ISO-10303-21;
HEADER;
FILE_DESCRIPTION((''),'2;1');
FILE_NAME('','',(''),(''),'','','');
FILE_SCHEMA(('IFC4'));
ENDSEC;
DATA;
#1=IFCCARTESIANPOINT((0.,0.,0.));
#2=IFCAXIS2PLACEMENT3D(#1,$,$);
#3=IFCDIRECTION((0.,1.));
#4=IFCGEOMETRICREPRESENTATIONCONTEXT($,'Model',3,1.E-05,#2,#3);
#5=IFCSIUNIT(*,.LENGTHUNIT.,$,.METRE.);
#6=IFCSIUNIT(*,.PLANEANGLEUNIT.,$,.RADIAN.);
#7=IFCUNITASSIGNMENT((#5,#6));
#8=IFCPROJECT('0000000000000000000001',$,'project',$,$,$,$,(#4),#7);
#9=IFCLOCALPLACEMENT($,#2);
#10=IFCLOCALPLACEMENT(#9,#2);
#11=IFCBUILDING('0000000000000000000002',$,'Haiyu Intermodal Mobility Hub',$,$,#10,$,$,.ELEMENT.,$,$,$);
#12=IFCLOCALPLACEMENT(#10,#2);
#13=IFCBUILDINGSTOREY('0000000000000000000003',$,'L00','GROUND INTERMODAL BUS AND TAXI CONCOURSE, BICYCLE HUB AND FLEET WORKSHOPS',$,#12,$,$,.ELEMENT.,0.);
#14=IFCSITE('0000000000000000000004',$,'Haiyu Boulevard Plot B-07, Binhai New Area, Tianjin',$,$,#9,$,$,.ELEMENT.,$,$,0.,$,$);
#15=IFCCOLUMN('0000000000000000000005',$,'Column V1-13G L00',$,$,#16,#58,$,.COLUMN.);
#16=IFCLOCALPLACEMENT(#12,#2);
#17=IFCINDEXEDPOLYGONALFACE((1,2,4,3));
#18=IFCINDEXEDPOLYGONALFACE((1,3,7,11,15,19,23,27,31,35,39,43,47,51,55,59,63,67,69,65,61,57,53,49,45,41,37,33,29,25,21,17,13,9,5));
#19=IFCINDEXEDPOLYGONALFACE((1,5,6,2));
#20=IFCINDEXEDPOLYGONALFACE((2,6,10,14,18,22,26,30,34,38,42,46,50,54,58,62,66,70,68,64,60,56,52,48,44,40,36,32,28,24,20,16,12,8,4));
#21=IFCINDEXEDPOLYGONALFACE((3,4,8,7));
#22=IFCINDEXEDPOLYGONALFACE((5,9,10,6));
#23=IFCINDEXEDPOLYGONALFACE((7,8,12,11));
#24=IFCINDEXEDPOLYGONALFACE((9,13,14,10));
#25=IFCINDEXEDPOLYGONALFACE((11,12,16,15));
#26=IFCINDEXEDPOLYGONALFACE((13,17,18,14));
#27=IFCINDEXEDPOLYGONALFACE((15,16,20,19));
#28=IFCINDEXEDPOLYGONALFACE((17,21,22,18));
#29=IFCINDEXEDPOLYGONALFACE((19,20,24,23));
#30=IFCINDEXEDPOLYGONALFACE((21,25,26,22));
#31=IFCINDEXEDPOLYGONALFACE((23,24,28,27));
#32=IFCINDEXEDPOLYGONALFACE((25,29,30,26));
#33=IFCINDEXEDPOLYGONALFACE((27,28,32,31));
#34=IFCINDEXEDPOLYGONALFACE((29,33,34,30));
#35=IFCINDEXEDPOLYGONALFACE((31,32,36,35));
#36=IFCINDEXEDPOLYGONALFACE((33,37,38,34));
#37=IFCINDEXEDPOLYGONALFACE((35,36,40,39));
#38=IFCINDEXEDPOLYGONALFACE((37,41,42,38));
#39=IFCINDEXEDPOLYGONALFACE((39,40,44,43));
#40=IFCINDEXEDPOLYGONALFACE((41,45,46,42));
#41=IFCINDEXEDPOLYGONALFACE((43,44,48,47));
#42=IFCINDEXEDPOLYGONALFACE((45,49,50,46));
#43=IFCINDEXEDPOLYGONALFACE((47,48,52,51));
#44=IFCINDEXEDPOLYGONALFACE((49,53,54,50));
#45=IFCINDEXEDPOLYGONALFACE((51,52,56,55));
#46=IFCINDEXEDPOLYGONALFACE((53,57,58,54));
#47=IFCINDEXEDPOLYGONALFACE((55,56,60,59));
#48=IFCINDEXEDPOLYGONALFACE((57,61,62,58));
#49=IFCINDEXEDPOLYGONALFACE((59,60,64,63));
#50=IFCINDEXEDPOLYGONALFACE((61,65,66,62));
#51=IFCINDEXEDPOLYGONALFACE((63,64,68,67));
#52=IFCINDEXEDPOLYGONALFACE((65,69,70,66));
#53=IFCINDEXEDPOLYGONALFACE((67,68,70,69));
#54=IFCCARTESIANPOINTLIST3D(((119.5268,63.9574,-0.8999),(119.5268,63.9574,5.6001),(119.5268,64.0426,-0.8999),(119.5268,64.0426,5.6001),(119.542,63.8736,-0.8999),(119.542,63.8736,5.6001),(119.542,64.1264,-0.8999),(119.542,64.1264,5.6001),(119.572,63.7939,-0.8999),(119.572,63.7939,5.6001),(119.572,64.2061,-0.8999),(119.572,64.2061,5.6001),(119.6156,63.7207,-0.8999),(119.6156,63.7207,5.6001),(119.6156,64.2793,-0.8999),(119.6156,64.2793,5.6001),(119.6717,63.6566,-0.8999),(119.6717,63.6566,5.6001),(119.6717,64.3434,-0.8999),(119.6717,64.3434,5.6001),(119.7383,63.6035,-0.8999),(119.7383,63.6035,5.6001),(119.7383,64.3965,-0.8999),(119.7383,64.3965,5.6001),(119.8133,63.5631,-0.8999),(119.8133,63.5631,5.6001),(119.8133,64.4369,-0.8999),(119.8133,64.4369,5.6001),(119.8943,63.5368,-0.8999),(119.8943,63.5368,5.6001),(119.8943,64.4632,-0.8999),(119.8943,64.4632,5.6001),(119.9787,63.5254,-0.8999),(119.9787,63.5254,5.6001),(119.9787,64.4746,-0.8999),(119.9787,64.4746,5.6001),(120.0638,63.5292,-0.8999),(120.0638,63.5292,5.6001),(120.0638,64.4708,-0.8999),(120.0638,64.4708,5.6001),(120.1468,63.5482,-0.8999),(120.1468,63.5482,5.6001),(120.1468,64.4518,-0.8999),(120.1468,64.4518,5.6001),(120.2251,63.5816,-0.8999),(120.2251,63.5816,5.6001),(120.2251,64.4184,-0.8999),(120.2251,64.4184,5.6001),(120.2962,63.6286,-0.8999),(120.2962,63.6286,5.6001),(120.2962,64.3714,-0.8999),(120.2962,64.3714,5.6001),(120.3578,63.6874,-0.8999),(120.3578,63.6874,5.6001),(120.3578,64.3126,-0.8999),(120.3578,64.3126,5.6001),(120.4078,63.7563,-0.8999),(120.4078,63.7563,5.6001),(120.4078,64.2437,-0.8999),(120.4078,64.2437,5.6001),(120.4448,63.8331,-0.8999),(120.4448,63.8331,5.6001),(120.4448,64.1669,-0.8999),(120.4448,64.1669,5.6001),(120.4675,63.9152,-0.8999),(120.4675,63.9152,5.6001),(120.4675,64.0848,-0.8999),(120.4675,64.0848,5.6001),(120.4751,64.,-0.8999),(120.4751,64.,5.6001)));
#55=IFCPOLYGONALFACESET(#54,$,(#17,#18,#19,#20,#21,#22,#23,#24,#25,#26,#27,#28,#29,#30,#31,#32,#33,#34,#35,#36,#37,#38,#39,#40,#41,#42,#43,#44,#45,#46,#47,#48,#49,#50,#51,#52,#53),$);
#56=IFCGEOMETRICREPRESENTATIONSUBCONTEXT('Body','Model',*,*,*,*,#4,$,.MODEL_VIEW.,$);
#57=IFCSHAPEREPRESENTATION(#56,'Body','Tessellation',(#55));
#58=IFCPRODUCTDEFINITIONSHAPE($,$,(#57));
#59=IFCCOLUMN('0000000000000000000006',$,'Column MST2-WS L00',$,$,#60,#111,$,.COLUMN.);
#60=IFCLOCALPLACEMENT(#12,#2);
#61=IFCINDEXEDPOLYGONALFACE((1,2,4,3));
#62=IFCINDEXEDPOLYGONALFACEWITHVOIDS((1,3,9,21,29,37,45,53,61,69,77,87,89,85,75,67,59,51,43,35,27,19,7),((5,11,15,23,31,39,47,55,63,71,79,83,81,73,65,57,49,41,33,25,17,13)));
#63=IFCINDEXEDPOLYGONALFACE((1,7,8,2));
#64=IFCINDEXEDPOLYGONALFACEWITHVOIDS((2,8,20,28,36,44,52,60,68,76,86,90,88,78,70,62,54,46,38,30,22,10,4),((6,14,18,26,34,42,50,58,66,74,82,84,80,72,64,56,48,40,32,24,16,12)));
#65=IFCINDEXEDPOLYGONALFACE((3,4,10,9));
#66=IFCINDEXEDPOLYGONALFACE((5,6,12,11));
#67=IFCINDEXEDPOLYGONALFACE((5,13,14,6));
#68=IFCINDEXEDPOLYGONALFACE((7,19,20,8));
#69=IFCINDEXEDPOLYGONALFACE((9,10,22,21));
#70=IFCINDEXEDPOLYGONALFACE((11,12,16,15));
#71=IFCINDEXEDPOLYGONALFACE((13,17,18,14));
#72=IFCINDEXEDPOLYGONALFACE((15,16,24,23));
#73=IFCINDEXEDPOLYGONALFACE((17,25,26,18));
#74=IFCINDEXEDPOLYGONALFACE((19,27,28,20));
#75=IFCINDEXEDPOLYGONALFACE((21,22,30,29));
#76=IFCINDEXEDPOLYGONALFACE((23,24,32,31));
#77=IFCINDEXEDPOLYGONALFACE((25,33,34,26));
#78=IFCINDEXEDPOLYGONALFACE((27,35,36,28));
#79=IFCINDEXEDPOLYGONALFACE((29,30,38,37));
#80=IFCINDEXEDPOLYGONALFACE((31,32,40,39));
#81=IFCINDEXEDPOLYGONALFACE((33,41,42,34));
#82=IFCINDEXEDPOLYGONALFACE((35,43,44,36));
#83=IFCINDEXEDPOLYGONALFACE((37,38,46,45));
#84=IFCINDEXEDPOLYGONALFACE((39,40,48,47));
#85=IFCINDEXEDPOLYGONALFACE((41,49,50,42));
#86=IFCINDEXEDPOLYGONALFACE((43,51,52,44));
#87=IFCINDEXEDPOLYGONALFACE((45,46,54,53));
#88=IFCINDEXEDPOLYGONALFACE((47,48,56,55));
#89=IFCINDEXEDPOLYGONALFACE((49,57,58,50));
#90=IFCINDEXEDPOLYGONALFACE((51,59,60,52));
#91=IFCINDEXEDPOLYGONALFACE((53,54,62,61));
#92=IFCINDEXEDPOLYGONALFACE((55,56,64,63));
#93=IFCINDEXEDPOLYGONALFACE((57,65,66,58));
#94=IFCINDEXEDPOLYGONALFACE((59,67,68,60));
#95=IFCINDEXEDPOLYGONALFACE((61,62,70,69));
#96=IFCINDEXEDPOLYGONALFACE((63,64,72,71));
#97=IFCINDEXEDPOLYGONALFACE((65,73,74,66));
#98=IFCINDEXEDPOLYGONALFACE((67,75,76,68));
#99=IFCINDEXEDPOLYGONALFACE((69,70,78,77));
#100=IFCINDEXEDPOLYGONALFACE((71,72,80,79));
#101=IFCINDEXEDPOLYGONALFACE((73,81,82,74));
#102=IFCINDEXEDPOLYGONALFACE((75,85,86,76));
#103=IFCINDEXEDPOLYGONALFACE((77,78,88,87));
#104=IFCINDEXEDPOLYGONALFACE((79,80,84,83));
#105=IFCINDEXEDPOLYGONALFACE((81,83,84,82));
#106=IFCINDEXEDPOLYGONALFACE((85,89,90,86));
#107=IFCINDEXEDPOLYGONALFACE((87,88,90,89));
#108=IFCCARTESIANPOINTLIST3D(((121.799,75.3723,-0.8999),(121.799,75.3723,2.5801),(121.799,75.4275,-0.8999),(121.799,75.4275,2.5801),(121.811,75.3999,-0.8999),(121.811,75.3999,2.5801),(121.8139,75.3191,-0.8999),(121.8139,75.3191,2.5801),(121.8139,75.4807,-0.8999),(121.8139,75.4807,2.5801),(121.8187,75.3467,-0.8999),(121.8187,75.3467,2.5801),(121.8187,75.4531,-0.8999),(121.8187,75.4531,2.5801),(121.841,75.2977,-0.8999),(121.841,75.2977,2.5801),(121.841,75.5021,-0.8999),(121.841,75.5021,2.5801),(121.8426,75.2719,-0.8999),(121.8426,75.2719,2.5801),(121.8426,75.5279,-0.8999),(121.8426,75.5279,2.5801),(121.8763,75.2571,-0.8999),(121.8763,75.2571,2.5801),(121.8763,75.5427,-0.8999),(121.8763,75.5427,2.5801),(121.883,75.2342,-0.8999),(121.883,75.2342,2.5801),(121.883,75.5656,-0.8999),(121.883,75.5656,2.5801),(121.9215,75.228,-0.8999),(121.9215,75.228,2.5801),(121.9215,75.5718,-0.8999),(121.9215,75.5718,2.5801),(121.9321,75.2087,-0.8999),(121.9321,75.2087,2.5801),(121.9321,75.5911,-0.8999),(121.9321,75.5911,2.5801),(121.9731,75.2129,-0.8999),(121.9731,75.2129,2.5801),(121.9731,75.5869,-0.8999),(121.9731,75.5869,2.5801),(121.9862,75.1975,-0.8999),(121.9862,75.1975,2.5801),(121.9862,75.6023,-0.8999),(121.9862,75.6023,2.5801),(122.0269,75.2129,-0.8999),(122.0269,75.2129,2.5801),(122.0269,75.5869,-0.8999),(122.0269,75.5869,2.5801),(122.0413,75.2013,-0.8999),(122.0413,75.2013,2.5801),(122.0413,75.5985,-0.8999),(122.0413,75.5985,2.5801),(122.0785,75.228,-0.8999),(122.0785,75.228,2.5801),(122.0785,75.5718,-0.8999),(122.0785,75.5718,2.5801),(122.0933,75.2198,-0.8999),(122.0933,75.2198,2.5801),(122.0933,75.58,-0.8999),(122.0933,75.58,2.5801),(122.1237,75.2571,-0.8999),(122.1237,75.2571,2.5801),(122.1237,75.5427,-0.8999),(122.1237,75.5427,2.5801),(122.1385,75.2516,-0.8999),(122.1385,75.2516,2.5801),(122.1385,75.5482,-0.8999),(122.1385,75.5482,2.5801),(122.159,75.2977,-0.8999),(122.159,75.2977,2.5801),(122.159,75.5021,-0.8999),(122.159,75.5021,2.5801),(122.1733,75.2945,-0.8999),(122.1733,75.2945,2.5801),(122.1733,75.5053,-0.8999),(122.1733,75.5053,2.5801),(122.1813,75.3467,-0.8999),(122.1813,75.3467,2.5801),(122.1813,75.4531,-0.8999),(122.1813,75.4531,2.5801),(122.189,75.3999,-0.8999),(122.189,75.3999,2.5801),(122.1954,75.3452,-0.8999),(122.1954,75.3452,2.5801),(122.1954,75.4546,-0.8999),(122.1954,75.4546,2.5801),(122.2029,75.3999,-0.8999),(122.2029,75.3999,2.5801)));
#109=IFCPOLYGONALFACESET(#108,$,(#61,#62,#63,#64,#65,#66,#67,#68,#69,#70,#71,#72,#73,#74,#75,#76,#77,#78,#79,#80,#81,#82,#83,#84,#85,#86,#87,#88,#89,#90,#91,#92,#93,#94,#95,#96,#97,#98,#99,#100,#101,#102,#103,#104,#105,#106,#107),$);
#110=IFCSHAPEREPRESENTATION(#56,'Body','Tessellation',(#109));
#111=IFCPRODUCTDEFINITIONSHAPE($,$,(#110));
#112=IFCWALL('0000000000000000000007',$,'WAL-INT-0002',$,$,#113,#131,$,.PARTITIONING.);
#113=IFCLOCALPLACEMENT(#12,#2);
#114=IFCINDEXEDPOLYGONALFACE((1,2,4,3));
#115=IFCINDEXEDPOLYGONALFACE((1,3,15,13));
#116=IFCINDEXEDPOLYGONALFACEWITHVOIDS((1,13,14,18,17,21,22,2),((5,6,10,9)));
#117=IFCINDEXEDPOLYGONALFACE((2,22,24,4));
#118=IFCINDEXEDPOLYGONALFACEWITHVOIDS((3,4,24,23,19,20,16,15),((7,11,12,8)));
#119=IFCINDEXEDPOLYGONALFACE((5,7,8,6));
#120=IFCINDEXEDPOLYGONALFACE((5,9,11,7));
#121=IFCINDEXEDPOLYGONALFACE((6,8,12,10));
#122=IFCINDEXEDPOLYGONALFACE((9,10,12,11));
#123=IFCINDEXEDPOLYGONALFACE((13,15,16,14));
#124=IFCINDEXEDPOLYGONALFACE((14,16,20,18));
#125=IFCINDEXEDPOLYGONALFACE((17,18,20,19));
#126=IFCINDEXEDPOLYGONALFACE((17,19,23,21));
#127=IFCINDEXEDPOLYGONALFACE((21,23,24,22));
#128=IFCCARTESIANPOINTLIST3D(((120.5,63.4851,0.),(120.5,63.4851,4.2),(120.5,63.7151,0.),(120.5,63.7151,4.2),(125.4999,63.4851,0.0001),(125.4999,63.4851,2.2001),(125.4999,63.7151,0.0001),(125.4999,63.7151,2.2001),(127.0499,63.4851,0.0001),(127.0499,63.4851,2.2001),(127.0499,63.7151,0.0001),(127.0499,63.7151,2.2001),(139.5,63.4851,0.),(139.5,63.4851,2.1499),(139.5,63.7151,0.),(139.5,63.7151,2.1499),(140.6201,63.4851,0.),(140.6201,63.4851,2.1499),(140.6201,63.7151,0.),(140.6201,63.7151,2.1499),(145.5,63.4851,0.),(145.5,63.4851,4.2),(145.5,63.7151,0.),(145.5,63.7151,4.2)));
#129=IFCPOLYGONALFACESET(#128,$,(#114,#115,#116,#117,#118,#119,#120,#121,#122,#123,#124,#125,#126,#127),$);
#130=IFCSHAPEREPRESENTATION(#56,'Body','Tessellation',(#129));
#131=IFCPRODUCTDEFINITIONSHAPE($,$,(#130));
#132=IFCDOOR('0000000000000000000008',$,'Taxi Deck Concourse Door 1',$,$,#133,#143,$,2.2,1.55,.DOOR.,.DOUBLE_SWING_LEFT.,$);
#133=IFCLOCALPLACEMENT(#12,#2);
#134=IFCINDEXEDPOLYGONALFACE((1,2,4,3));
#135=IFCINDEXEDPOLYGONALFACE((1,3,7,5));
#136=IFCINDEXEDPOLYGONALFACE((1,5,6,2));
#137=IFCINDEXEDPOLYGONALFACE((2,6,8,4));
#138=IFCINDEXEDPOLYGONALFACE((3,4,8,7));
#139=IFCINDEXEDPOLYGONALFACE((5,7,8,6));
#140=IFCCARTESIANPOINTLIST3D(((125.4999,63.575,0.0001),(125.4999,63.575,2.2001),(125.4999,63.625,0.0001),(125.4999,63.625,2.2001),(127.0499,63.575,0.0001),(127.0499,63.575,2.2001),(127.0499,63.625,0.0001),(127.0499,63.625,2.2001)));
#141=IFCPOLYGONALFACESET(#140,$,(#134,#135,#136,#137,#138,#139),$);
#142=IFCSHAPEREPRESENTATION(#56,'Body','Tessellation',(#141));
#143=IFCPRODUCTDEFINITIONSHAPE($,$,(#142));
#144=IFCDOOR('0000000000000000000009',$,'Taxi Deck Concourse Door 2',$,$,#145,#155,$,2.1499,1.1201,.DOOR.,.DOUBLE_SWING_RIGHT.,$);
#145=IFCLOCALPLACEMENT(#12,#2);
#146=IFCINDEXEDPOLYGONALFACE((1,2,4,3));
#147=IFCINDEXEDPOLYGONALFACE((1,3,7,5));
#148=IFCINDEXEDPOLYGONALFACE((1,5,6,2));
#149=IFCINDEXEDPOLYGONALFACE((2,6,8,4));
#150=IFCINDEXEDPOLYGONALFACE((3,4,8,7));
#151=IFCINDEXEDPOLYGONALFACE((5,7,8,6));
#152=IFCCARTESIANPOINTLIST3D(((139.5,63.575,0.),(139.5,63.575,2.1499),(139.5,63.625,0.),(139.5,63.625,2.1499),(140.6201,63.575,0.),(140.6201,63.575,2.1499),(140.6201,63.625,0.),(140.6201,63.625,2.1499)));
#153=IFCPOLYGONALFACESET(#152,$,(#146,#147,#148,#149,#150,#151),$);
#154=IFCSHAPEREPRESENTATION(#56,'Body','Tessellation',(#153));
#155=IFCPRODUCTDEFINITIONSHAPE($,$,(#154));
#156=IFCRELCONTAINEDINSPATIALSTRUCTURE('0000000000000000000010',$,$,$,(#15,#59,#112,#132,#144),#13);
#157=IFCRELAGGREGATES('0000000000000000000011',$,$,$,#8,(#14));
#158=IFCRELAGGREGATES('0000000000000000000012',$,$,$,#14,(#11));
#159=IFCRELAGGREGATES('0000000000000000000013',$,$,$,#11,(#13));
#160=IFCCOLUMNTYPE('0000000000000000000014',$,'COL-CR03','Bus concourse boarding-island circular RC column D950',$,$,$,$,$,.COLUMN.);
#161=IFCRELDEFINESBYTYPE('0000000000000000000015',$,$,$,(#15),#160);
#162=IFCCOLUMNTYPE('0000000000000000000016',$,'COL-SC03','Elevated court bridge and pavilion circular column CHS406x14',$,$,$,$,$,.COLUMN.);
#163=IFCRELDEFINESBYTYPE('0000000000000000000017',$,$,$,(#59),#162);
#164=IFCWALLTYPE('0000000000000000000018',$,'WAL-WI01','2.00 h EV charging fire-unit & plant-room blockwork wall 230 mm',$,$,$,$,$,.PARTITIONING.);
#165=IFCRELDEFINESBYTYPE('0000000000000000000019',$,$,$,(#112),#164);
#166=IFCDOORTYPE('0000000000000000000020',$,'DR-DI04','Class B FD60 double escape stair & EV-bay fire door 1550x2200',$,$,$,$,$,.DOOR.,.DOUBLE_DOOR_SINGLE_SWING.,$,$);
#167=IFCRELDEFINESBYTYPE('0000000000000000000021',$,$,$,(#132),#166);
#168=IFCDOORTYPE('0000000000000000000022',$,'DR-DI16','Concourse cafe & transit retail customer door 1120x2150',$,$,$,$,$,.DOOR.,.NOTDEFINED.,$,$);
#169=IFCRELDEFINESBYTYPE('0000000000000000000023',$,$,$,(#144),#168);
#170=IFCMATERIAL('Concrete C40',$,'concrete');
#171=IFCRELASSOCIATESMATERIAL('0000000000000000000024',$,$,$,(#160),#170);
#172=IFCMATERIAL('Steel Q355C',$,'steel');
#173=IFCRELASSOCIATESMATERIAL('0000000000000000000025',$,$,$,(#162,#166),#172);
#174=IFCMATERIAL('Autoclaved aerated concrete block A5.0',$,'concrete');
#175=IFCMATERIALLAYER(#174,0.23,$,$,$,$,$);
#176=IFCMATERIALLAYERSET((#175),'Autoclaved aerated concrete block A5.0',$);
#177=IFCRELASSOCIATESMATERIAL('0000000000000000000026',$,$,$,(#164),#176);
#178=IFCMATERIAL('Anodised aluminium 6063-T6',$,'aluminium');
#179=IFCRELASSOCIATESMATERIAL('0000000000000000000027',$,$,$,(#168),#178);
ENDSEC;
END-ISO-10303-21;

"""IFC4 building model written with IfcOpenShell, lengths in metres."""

from ifc_helpers import new_model, si_unit, direction, frame, frame_2d, origin, origin_2d, place, context, subcontext, project, spatial, rectangle, circle, hollow_circle, extrude, material, layer, layer_set, material_profile, profile_set, type_object, element, fill, save


model = new_model("IFC4")

# Units and contexts
model_context = context("Model", 3, precision=1e-05, world=origin(), true_north=direction((0.0, 1.0)))
body_context = subcontext(model_context, "Body", "Model", "MODEL_VIEW")
ifc_project = project(units=[si_unit("LENGTHUNIT", "METRE"), si_unit("PLANEANGLEUNIT", "RADIAN")], contexts=[model_context])

# Site, building, storey
site_placement = place(None, origin())
site = spatial("IfcSite", under=ifc_project, at=site_placement, Name="Haiyu Boulevard Plot B-07, Binhai New Area, Tianjin", CompositionType="ELEMENT", RefElevation=0.0)
building_placement = place(site_placement, origin())
building = spatial("IfcBuilding", under=site, at=building_placement, Name="Haiyu Intermodal Mobility Hub", CompositionType="ELEMENT")
storey_placement = place(building_placement, origin())
storey = spatial("IfcBuildingStorey", under=building, at=storey_placement, Name="L00", Description="GROUND INTERMODAL BUS AND TAXI CONCOURSE, BICYCLE HUB AND FLEET WORKSHOPS", CompositionType="ELEMENT", Elevation=0.0)

# Shared definitions
ifc_material_1 = material(Name="Concrete C40", Category="concrete")

# Columns
ifc_material_profile_1 = material_profile(ifc_material_1, circle(Radius=0.4751, at=origin_2d()), Name="RCCOL-D950")
ifc_profile_set_1 = profile_set([ifc_material_profile_1], Name="Concrete C40")
column_type_1 = type_object("IfcColumnType", Name="COL-CR03", Description="Bus concourse boarding-island circular RC column D950", PredefinedType="COLUMN", material=ifc_profile_set_1)
column_1_placement = place(storey_placement, frame((120.0, 64.0, -0.8999), z_axis=(0.0, 0.0, 1.0), x_axis=(1.0, 0.0, 0.0)))
element("IfcColumn", 1, at=column_1_placement, inside=storey, type_object=column_type_1, Name="Column V1-13G L00", PredefinedType="COLUMN", context=body_context, shape_type="SweptSolid", body=[
    extrude(circle(Radius=0.4751, at=origin_2d()), origin(), (0.0, 0.0, 1.0), 6.5),
])
ifc_material_2 = material(Name="Steel Q355C", Category="steel")
ifc_material_profile_2 = material_profile(ifc_material_2, hollow_circle(Radius=0.2029, WallThickness=0.0139, at=origin_2d()), Name="CHS406x14")
ifc_profile_set_2 = profile_set([ifc_material_profile_2], Name="Steel Q355C")
column_type_2 = type_object("IfcColumnType", Name="COL-SC03", Description="Elevated court bridge and pavilion circular column CHS406x14", PredefinedType="COLUMN", material=ifc_profile_set_2)
column_2_placement = place(storey_placement, frame((122.0, 75.3999, -0.8999), z_axis=(0.0, 0.0, 1.0), x_axis=(1.0, 0.0, 0.0)))
element("IfcColumn", 2, at=column_2_placement, inside=storey, type_object=column_type_2, Name="Column MST2-WS L00", PredefinedType="COLUMN", context=body_context, shape_type="SweptSolid", body=[
    extrude(hollow_circle(Radius=0.2029, WallThickness=0.0139, at=origin_2d()), origin(), (0.0, 0.0, 1.0), 3.48),
])

# Wall, openings, doors
ifc_material_3 = material(Name="Autoclaved aerated concrete block A5.0", Category="concrete")
ifc_layer_1 = layer(ifc_material_3, 0.23)
ifc_layer_set_1 = layer_set([ifc_layer_1], Name="Autoclaved aerated concrete block A5.0")
wall_type_1 = type_object("IfcWallType", Name="WAL-WI01", Description="2.00 h EV charging fire-unit & plant-room blockwork wall 230 mm", PredefinedType="PARTITIONING", material=ifc_layer_set_1)
wall_1_placement = place(storey_placement, frame((120.5, 63.6001, 0.0), z_axis=(0.0, 0.0, 1.0), x_axis=(1.0, 0.0, 0.0)))
wall_1 = element("IfcWall", 3, at=wall_1_placement, inside=storey, type_object=wall_type_1, Name="WAL-INT-0002", PredefinedType="PARTITIONING", context=body_context, shape_type="SweptSolid", body=[
    extrude(rectangle(XDim=25.0, YDim=0.23, at=frame_2d((12.5, 0.0))), origin(), (0.0, 0.0, 1.0), 4.2),
])
opening_1_placement = place(wall_1_placement, frame((5.0, 0.0, 0.0)))
opening_1 = element("IfcOpeningElement", 4, at=opening_1_placement, cuts=wall_1, PredefinedType="OPENING", context=body_context, shape_type="SweptSolid", body=[
    extrude(rectangle(XDim=1.55, YDim=2.2, at=frame_2d((0.7749, 1.1001))), frame((0.0, 0.125, 0.0), z_axis=(0.0, -1.0, 0.0), x_axis=(1.0, 0.0, 0.0)), (0.0, 0.0, 1.0), 0.25),
])
opening_2_placement = place(wall_1_placement, frame((19.0, 0.0, 0.0)))
opening_2 = element("IfcOpeningElement", 5, at=opening_2_placement, cuts=wall_1, PredefinedType="OPENING", context=body_context, shape_type="SweptSolid", body=[
    extrude(rectangle(XDim=1.1201, YDim=2.1499, at=frame_2d((0.5601, 1.075))), frame((0.0, 0.125, 0.0), z_axis=(0.0, -1.0, 0.0), x_axis=(1.0, 0.0, 0.0)), (0.0, 0.0, 1.0), 0.25),
])
door_type_1 = type_object("IfcDoorType", Name="DR-DI04", Description="Class B FD60 double escape stair & EV-bay fire door 1550x2200", OperationType="DOUBLE_DOOR_SINGLE_SWING", PredefinedType="DOOR", material=ifc_material_2)
door_1_placement = place(opening_1_placement, origin())
door_1 = element("IfcDoor", 6, at=door_1_placement, inside=storey, type_object=door_type_1, Name="Taxi Deck Concourse Door 1", OperationType="DOUBLE_SWING_LEFT", OverallHeight=2.2, OverallWidth=1.55, PredefinedType="DOOR", context=body_context, shape_type="SweptSolid", body=[
    extrude(rectangle(XDim=1.55, YDim=2.2, at=frame_2d((0.7749, 1.1001))), frame((0.0, 0.0249, 0.0), z_axis=(0.0, -1.0, 0.0), x_axis=(1.0, 0.0, 0.0)), (0.0, 0.0, 1.0), 0.05),
])
fill(opening_1, door_1)
ifc_material_4 = material(Name="Anodised aluminium 6063-T6", Category="aluminium")
door_type_2 = type_object("IfcDoorType", Name="DR-DI16", Description="Concourse cafe & transit retail customer door 1120x2150", OperationType="NOTDEFINED", PredefinedType="DOOR", material=ifc_material_4)
door_2_placement = place(opening_2_placement, origin())
door_2 = element("IfcDoor", 7, at=door_2_placement, inside=storey, type_object=door_type_2, Name="Taxi Deck Concourse Door 2", OperationType="DOUBLE_SWING_RIGHT", OverallHeight=2.1499, OverallWidth=1.1201, PredefinedType="DOOR", context=body_context, shape_type="SweptSolid", body=[
    extrude(rectangle(XDim=1.1201, YDim=2.1499, at=frame_2d((0.5601, 1.075))), frame((0.0, 0.0249, 0.0), z_axis=(0.0, -1.0, 0.0), x_axis=(1.0, 0.0, 0.0)), (0.0, 0.0, 1.0), 0.05),
])
fill(opening_2, door_2)

save(model, "model.ifc")
